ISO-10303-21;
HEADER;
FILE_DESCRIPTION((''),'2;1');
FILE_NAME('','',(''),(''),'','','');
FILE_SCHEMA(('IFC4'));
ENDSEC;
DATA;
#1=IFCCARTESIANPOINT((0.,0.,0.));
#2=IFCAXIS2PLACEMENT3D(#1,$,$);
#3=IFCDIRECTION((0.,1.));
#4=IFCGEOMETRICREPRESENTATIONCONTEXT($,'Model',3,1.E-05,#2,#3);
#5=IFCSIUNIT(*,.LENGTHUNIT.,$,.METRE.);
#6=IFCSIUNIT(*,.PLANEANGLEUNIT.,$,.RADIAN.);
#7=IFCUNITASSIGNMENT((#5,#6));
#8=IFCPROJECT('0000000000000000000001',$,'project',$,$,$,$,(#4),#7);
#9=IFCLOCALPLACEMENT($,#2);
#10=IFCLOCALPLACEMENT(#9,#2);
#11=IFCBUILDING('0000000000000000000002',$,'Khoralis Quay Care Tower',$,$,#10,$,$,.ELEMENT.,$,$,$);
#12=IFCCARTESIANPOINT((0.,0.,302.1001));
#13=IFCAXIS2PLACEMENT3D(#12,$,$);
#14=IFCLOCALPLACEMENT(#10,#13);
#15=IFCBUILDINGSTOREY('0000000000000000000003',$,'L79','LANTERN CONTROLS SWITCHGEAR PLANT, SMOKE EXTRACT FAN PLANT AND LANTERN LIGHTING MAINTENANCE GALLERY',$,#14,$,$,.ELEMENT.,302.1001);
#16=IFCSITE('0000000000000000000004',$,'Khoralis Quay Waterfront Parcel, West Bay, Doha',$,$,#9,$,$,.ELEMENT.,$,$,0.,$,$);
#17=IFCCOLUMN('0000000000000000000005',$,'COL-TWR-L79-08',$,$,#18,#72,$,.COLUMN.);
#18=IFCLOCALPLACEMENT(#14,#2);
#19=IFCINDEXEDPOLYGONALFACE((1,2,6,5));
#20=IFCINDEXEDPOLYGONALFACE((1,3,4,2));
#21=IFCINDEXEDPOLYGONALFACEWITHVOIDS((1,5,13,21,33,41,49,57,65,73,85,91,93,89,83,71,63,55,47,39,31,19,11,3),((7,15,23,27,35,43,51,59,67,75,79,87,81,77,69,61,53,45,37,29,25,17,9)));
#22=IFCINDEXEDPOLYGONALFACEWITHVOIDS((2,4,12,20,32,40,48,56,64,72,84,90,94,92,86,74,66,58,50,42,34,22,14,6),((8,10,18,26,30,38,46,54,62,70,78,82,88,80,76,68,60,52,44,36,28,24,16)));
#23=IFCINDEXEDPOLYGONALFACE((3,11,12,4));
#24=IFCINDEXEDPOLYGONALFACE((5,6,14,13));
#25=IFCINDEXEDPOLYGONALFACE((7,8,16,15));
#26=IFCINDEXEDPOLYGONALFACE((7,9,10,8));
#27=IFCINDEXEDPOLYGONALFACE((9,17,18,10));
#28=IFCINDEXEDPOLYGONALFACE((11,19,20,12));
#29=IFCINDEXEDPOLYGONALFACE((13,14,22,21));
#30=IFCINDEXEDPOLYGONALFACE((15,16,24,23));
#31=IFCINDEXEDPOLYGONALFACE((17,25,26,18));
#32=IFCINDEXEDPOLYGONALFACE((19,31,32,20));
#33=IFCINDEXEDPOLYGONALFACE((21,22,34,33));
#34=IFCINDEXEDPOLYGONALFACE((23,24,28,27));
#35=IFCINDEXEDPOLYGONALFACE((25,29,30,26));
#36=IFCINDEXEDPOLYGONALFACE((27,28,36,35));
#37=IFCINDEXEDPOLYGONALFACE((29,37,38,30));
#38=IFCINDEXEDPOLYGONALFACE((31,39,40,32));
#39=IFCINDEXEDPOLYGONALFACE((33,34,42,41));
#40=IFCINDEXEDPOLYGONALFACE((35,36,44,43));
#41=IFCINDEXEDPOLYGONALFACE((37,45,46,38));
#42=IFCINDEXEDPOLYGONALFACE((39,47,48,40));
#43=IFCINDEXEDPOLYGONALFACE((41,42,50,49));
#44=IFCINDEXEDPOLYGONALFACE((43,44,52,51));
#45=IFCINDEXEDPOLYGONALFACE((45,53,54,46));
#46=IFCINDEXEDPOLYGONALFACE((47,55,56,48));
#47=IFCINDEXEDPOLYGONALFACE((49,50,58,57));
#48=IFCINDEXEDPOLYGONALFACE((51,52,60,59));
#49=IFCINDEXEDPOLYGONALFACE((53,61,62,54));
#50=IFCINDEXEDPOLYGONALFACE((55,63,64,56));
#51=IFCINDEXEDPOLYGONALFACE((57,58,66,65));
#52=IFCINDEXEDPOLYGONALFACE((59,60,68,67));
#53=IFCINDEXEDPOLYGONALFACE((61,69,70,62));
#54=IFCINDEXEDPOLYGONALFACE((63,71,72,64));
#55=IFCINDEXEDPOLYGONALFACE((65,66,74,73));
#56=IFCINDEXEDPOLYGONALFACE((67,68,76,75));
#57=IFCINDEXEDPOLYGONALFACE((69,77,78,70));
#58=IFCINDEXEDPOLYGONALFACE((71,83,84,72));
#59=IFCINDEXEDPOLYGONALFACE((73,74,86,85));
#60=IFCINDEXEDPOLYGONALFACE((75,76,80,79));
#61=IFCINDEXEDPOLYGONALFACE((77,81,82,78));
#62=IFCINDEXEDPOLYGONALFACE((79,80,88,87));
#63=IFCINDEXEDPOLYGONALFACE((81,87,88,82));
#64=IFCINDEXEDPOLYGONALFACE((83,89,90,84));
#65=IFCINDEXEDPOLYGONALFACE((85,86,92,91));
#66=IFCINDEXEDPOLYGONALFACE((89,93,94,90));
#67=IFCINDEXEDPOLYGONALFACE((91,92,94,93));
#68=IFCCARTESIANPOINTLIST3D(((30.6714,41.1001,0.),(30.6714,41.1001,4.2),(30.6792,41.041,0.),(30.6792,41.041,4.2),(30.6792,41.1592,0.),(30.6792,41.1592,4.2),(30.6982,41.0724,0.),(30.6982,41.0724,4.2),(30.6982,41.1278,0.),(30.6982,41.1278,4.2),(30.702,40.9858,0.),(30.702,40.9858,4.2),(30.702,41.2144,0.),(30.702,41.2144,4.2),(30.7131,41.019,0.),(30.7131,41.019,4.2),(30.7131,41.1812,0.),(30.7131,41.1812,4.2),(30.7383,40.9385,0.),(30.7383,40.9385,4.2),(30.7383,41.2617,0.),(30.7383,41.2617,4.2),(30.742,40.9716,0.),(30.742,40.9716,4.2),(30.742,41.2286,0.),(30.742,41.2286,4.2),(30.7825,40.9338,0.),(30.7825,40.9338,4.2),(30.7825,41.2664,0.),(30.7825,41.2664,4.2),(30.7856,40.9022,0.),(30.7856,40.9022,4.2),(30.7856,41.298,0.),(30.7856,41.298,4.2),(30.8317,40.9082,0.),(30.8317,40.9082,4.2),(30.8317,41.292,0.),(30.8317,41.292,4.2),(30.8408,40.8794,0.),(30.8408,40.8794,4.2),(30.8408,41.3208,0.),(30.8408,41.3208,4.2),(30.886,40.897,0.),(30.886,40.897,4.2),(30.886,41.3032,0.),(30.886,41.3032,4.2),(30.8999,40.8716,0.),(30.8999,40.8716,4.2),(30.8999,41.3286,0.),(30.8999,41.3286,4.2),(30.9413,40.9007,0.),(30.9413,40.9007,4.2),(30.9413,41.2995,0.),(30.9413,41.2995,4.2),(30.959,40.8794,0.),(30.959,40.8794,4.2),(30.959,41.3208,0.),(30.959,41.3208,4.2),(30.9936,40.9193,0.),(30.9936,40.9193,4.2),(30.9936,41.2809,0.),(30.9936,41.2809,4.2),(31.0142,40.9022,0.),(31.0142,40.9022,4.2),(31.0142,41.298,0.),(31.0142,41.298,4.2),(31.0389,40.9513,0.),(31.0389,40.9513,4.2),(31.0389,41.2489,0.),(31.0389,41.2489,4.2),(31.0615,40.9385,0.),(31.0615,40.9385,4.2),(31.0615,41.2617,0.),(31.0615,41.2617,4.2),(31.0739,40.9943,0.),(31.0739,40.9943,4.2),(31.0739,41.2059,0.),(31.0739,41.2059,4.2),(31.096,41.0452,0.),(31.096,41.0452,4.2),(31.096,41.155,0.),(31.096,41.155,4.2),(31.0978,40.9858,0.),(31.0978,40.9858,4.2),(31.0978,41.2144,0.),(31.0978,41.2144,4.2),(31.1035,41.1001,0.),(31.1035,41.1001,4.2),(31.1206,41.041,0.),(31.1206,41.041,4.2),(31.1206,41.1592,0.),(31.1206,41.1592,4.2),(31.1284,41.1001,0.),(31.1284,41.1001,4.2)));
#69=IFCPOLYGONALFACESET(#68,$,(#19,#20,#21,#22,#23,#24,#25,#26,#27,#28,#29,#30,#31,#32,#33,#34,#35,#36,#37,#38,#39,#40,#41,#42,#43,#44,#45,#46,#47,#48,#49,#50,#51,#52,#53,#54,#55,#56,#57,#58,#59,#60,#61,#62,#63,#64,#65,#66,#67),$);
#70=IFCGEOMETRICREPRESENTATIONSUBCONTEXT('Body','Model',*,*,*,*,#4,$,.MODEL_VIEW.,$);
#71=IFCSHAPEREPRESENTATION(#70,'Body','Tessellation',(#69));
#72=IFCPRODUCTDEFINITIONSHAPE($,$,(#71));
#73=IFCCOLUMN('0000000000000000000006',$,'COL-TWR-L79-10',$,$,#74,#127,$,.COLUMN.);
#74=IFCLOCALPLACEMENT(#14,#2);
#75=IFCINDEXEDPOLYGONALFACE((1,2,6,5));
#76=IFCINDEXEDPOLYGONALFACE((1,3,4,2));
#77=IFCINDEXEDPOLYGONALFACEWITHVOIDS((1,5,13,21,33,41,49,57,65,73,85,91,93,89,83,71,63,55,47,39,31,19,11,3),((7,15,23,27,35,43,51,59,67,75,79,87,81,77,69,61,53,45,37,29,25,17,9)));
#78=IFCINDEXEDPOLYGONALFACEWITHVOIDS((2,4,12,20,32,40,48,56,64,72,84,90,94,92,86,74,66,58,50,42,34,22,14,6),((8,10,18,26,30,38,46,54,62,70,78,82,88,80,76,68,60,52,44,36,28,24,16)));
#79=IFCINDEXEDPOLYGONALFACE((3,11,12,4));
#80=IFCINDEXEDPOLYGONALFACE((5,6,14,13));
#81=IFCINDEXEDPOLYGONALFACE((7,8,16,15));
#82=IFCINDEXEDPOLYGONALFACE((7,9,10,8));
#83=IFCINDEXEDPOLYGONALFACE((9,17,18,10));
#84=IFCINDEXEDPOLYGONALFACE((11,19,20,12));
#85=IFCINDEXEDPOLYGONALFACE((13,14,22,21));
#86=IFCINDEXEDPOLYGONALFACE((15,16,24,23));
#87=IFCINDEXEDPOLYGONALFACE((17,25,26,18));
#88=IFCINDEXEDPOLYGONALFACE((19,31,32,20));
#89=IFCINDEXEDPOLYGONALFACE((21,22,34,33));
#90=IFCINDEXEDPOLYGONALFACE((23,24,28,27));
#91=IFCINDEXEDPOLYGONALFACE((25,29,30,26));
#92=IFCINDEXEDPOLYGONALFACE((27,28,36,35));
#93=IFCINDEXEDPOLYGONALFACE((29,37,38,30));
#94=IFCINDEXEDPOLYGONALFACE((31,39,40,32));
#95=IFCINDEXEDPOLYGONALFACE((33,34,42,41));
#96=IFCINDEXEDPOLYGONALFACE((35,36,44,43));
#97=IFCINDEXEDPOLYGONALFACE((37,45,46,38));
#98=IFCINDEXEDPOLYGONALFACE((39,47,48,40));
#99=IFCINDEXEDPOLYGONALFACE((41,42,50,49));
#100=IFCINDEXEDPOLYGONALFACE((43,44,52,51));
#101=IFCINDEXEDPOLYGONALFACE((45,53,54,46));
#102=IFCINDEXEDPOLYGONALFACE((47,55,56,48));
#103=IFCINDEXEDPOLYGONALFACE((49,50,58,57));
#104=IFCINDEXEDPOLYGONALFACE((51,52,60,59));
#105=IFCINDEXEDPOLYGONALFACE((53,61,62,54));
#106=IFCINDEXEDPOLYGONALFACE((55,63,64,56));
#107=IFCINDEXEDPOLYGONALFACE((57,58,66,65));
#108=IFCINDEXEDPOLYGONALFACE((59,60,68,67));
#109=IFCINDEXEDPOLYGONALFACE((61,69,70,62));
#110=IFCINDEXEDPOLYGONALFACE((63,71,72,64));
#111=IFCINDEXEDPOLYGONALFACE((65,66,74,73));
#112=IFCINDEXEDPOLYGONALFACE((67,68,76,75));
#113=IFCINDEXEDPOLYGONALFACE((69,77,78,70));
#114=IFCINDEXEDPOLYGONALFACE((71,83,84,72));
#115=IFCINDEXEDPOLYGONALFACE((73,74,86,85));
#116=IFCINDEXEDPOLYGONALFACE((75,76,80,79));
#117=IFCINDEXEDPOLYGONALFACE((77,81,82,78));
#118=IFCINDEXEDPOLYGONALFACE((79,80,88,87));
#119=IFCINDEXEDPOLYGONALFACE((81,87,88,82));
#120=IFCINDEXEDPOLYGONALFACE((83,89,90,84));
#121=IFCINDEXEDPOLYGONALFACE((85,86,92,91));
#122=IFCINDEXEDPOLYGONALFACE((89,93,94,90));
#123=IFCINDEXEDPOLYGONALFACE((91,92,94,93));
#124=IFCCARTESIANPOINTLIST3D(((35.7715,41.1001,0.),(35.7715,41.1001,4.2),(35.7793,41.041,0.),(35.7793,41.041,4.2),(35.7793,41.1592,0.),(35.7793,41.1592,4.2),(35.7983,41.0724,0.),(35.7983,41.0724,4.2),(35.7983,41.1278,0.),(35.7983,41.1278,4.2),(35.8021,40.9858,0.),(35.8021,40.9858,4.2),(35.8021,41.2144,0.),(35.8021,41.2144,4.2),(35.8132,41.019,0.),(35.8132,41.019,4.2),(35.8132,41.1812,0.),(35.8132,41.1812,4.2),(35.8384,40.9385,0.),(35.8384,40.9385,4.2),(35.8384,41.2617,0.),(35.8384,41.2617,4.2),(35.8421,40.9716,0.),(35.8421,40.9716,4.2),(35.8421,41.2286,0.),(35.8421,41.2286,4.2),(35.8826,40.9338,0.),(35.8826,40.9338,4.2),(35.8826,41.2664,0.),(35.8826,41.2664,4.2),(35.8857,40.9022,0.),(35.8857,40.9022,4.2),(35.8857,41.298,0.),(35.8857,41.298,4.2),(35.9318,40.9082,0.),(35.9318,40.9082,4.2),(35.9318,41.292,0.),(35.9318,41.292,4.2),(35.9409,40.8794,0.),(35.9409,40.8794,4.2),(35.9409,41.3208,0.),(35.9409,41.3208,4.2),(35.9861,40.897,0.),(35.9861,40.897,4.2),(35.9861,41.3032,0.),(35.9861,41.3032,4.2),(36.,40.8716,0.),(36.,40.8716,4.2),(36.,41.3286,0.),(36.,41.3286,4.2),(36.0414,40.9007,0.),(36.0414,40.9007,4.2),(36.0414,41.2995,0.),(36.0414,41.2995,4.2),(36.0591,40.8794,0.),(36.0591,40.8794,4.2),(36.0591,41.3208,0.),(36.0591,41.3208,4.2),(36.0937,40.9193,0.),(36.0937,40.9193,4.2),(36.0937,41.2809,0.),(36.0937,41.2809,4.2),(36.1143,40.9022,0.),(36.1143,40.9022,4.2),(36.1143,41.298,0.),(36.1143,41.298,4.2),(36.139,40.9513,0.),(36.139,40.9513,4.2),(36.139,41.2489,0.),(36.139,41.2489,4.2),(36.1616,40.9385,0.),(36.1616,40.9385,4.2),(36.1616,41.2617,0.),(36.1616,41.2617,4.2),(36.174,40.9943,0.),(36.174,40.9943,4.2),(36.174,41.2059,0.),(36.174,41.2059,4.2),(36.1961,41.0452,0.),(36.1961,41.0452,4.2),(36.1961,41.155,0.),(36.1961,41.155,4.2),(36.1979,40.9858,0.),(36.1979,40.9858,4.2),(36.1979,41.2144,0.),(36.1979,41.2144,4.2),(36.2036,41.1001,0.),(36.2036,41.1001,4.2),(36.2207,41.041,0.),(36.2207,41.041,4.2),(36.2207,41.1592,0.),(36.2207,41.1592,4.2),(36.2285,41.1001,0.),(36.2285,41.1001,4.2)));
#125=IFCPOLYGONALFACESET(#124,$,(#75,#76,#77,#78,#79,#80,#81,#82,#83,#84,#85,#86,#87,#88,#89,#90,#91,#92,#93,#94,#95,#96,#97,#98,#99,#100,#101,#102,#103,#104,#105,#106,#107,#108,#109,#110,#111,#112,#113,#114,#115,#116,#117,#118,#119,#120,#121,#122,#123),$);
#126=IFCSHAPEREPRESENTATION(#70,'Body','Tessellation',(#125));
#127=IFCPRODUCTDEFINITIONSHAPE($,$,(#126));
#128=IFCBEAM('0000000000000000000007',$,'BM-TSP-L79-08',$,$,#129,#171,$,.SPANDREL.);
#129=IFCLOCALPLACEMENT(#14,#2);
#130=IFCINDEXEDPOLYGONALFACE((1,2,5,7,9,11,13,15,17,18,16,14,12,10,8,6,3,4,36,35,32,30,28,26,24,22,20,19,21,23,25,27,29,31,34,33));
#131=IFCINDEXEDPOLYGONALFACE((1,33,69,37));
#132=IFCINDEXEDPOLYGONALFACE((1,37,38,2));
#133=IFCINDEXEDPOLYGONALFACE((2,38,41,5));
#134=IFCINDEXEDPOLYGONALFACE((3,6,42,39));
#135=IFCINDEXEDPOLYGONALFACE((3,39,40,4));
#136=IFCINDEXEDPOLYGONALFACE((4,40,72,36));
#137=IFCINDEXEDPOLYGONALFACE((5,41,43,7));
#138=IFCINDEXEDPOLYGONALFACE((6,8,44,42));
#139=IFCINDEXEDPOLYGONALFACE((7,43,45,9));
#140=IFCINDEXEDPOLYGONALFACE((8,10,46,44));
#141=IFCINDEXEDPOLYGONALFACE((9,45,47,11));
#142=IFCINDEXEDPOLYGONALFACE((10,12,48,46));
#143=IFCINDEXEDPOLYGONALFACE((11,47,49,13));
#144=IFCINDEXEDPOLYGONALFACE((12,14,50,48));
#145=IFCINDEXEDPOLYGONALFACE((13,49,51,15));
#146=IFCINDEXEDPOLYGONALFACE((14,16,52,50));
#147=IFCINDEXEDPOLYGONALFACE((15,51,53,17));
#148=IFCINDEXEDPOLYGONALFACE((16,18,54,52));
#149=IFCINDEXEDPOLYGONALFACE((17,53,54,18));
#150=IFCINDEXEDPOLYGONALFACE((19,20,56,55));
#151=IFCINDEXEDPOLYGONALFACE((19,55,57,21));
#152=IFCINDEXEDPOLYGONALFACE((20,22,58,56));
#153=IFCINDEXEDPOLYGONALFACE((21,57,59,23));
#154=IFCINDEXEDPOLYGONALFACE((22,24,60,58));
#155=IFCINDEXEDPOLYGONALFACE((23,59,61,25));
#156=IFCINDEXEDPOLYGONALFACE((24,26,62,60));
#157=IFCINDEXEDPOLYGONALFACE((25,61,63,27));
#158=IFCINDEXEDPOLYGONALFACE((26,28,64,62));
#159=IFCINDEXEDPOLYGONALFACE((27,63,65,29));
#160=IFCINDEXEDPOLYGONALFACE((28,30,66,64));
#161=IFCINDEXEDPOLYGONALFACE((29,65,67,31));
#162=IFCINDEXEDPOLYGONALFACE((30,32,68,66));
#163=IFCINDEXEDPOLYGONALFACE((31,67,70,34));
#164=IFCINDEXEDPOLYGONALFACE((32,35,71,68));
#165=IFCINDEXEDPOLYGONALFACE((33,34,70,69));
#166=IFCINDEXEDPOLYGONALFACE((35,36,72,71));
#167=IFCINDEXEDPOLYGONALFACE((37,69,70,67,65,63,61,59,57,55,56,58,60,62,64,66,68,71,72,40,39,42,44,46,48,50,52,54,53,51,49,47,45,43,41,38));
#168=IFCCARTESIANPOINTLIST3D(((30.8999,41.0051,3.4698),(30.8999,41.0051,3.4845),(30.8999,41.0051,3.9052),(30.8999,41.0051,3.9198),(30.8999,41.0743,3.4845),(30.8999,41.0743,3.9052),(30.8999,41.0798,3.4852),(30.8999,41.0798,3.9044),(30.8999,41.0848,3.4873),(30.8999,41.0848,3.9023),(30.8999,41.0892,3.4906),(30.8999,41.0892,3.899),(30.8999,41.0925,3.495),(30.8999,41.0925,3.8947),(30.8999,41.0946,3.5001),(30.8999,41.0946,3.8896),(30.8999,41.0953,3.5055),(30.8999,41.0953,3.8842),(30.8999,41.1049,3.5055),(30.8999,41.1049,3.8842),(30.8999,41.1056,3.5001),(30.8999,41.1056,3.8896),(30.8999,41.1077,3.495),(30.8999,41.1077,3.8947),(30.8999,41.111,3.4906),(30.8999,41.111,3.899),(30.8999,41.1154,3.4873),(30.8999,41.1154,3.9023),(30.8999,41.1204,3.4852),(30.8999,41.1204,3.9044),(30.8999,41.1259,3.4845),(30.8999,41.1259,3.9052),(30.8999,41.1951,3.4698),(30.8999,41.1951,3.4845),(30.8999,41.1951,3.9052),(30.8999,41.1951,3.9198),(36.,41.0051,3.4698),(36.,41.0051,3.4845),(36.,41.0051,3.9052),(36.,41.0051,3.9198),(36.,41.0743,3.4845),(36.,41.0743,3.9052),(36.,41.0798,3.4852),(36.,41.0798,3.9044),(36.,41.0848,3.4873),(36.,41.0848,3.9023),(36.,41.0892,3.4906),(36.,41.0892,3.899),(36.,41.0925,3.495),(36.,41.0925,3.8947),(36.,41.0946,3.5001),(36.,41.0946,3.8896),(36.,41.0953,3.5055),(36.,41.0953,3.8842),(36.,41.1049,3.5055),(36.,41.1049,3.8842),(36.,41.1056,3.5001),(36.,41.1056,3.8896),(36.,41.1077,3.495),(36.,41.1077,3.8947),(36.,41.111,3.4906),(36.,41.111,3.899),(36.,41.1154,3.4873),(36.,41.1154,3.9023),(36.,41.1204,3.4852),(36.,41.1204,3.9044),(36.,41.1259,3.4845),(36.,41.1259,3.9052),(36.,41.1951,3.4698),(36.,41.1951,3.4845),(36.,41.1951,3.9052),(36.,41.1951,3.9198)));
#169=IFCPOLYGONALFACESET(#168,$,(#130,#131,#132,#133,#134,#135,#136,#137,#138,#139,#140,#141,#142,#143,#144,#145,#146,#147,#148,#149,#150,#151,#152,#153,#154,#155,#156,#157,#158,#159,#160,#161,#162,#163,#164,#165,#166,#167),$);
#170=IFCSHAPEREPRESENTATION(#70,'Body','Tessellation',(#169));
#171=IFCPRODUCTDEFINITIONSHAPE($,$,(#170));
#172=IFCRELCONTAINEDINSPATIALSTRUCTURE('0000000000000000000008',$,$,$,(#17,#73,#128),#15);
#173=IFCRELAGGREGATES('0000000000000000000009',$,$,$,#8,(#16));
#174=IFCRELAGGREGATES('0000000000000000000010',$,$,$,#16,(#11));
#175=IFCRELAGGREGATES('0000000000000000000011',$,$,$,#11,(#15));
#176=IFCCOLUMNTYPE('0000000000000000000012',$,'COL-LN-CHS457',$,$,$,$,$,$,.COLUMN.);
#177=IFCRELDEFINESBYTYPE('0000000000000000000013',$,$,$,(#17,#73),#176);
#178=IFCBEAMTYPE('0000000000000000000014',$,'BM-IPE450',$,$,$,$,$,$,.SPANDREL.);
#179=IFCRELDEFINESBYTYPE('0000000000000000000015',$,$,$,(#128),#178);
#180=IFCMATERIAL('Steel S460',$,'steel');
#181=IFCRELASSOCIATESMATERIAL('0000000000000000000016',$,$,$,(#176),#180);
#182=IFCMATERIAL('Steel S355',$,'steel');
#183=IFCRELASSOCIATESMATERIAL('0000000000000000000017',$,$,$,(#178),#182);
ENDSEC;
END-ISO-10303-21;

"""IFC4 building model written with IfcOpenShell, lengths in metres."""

from ifc_helpers import new_model, si_unit, direction, frame, origin, origin_2d, place, context, subcontext, project, spatial, hollow_circle, i_section, extrude, source, transform, mapped, material, material_profile, profile_set, type_object, element, save


model = new_model("IFC4")

# Units and contexts
model_context = context("Model", 3, precision=1e-05, world=origin(), true_north=direction((0.0, 1.0)))
body_context = subcontext(model_context, "Body", "Model", "MODEL_VIEW")
ifc_project = project(units=[si_unit("LENGTHUNIT", "METRE"), si_unit("PLANEANGLEUNIT", "RADIAN")], contexts=[model_context])

# Site, building, storey
site_placement = place(None, origin())
site = spatial("IfcSite", under=ifc_project, at=site_placement, Name="Khoralis Quay Waterfront Parcel, West Bay, Doha", CompositionType="ELEMENT", RefElevation=0.0)
building_placement = place(site_placement, origin())
building = spatial("IfcBuilding", under=site, at=building_placement, Name="Khoralis Quay Care Tower", CompositionType="ELEMENT")
storey_placement = place(building_placement, frame((0.0, 0.0, 302.1001)))
storey = spatial("IfcBuildingStorey", under=building, at=storey_placement, Name="L79", Description="LANTERN CONTROLS SWITCHGEAR PLANT, SMOKE EXTRACT FAN PLANT AND LANTERN LIGHTING MAINTENANCE GALLERY", CompositionType="ELEMENT", Elevation=302.1001)

# Columns
ifc_material_1 = material(Name="Steel S460", Category="steel")
ifc_material_profile_1 = material_profile(ifc_material_1, hollow_circle(Radius=0.2285, WallThickness=0.0249, at=origin_2d()), Name="Steel S460")
ifc_profile_set_1 = profile_set([ifc_material_profile_1], Name="Steel S460")
column_type = type_object("IfcColumnType", Name="COL-LN-CHS457", PredefinedType="COLUMN", material=ifc_profile_set_1)
shared_shape_1 = source(origin(), body_context, "Body", "SweptSolid", [
    extrude(hollow_circle(Radius=0.2285, WallThickness=0.0249, at=origin_2d()), origin(), (0.0, 0.0, 1.0), 4.2),
])
for number, where, z_axis, x_axis, name in (
    (1, (30.8999, 41.1001, 0.0), (0.0, 0.0, 1.0), (1.0, 0.0, 0.0), "COL-TWR-L79-08"),
    (2, (36.0, 41.1001, 0.0), (0.0, 0.0, 1.0), (1.0, 0.0, 0.0), "COL-TWR-L79-10"),
):
    element("IfcColumn", number, at=place(storey_placement, frame(where, z_axis=z_axis, x_axis=x_axis)), inside=storey, type_object=column_type, Name=name, PredefinedType="COLUMN", context=body_context, shape_type="MappedRepresentation", body=[
        mapped(shared_shape_1, transform((0.0, 0.0, 0.0), scale=1.0)),
    ])

# Beam
ifc_material_2 = material(Name="Steel S355", Category="steel")
ifc_material_profile_2 = material_profile(ifc_material_2, i_section(OverallWidth=0.1899, OverallDepth=0.45, WebThickness=0.0095, FlangeThickness=0.0146, FilletRadius=0.021, at=origin_2d()), Name="Steel S355")
ifc_profile_set_2 = profile_set([ifc_material_profile_2], Name="Steel S355")
beam_type = type_object("IfcBeamType", Name="BM-IPE450", PredefinedType="SPANDREL", material=ifc_profile_set_2)
shared_shape_2 = source(origin(), body_context, "Body", "SweptSolid", [
    extrude(i_section(OverallWidth=0.1899, OverallDepth=0.45, WebThickness=0.0095, FlangeThickness=0.0146, FilletRadius=0.021, at=origin_2d()), origin(), (0.0, 0.0, 1.0), 5.1001),
])
beam_1_placement = place(storey_placement, frame((30.8999, 41.1001, 3.6948), z_axis=(1.0, 0.0, 0.0), x_axis=(0.0, 1.0, 0.0)))
element("IfcBeam", 3, at=beam_1_placement, inside=storey, type_object=beam_type, Name="BM-TSP-L79-08", PredefinedType="SPANDREL", context=body_context, shape_type="MappedRepresentation", body=[
    mapped(shared_shape_2, transform((0.0, 0.0, 0.0), scale=1.0)),
])

save(model, "model.ifc")
